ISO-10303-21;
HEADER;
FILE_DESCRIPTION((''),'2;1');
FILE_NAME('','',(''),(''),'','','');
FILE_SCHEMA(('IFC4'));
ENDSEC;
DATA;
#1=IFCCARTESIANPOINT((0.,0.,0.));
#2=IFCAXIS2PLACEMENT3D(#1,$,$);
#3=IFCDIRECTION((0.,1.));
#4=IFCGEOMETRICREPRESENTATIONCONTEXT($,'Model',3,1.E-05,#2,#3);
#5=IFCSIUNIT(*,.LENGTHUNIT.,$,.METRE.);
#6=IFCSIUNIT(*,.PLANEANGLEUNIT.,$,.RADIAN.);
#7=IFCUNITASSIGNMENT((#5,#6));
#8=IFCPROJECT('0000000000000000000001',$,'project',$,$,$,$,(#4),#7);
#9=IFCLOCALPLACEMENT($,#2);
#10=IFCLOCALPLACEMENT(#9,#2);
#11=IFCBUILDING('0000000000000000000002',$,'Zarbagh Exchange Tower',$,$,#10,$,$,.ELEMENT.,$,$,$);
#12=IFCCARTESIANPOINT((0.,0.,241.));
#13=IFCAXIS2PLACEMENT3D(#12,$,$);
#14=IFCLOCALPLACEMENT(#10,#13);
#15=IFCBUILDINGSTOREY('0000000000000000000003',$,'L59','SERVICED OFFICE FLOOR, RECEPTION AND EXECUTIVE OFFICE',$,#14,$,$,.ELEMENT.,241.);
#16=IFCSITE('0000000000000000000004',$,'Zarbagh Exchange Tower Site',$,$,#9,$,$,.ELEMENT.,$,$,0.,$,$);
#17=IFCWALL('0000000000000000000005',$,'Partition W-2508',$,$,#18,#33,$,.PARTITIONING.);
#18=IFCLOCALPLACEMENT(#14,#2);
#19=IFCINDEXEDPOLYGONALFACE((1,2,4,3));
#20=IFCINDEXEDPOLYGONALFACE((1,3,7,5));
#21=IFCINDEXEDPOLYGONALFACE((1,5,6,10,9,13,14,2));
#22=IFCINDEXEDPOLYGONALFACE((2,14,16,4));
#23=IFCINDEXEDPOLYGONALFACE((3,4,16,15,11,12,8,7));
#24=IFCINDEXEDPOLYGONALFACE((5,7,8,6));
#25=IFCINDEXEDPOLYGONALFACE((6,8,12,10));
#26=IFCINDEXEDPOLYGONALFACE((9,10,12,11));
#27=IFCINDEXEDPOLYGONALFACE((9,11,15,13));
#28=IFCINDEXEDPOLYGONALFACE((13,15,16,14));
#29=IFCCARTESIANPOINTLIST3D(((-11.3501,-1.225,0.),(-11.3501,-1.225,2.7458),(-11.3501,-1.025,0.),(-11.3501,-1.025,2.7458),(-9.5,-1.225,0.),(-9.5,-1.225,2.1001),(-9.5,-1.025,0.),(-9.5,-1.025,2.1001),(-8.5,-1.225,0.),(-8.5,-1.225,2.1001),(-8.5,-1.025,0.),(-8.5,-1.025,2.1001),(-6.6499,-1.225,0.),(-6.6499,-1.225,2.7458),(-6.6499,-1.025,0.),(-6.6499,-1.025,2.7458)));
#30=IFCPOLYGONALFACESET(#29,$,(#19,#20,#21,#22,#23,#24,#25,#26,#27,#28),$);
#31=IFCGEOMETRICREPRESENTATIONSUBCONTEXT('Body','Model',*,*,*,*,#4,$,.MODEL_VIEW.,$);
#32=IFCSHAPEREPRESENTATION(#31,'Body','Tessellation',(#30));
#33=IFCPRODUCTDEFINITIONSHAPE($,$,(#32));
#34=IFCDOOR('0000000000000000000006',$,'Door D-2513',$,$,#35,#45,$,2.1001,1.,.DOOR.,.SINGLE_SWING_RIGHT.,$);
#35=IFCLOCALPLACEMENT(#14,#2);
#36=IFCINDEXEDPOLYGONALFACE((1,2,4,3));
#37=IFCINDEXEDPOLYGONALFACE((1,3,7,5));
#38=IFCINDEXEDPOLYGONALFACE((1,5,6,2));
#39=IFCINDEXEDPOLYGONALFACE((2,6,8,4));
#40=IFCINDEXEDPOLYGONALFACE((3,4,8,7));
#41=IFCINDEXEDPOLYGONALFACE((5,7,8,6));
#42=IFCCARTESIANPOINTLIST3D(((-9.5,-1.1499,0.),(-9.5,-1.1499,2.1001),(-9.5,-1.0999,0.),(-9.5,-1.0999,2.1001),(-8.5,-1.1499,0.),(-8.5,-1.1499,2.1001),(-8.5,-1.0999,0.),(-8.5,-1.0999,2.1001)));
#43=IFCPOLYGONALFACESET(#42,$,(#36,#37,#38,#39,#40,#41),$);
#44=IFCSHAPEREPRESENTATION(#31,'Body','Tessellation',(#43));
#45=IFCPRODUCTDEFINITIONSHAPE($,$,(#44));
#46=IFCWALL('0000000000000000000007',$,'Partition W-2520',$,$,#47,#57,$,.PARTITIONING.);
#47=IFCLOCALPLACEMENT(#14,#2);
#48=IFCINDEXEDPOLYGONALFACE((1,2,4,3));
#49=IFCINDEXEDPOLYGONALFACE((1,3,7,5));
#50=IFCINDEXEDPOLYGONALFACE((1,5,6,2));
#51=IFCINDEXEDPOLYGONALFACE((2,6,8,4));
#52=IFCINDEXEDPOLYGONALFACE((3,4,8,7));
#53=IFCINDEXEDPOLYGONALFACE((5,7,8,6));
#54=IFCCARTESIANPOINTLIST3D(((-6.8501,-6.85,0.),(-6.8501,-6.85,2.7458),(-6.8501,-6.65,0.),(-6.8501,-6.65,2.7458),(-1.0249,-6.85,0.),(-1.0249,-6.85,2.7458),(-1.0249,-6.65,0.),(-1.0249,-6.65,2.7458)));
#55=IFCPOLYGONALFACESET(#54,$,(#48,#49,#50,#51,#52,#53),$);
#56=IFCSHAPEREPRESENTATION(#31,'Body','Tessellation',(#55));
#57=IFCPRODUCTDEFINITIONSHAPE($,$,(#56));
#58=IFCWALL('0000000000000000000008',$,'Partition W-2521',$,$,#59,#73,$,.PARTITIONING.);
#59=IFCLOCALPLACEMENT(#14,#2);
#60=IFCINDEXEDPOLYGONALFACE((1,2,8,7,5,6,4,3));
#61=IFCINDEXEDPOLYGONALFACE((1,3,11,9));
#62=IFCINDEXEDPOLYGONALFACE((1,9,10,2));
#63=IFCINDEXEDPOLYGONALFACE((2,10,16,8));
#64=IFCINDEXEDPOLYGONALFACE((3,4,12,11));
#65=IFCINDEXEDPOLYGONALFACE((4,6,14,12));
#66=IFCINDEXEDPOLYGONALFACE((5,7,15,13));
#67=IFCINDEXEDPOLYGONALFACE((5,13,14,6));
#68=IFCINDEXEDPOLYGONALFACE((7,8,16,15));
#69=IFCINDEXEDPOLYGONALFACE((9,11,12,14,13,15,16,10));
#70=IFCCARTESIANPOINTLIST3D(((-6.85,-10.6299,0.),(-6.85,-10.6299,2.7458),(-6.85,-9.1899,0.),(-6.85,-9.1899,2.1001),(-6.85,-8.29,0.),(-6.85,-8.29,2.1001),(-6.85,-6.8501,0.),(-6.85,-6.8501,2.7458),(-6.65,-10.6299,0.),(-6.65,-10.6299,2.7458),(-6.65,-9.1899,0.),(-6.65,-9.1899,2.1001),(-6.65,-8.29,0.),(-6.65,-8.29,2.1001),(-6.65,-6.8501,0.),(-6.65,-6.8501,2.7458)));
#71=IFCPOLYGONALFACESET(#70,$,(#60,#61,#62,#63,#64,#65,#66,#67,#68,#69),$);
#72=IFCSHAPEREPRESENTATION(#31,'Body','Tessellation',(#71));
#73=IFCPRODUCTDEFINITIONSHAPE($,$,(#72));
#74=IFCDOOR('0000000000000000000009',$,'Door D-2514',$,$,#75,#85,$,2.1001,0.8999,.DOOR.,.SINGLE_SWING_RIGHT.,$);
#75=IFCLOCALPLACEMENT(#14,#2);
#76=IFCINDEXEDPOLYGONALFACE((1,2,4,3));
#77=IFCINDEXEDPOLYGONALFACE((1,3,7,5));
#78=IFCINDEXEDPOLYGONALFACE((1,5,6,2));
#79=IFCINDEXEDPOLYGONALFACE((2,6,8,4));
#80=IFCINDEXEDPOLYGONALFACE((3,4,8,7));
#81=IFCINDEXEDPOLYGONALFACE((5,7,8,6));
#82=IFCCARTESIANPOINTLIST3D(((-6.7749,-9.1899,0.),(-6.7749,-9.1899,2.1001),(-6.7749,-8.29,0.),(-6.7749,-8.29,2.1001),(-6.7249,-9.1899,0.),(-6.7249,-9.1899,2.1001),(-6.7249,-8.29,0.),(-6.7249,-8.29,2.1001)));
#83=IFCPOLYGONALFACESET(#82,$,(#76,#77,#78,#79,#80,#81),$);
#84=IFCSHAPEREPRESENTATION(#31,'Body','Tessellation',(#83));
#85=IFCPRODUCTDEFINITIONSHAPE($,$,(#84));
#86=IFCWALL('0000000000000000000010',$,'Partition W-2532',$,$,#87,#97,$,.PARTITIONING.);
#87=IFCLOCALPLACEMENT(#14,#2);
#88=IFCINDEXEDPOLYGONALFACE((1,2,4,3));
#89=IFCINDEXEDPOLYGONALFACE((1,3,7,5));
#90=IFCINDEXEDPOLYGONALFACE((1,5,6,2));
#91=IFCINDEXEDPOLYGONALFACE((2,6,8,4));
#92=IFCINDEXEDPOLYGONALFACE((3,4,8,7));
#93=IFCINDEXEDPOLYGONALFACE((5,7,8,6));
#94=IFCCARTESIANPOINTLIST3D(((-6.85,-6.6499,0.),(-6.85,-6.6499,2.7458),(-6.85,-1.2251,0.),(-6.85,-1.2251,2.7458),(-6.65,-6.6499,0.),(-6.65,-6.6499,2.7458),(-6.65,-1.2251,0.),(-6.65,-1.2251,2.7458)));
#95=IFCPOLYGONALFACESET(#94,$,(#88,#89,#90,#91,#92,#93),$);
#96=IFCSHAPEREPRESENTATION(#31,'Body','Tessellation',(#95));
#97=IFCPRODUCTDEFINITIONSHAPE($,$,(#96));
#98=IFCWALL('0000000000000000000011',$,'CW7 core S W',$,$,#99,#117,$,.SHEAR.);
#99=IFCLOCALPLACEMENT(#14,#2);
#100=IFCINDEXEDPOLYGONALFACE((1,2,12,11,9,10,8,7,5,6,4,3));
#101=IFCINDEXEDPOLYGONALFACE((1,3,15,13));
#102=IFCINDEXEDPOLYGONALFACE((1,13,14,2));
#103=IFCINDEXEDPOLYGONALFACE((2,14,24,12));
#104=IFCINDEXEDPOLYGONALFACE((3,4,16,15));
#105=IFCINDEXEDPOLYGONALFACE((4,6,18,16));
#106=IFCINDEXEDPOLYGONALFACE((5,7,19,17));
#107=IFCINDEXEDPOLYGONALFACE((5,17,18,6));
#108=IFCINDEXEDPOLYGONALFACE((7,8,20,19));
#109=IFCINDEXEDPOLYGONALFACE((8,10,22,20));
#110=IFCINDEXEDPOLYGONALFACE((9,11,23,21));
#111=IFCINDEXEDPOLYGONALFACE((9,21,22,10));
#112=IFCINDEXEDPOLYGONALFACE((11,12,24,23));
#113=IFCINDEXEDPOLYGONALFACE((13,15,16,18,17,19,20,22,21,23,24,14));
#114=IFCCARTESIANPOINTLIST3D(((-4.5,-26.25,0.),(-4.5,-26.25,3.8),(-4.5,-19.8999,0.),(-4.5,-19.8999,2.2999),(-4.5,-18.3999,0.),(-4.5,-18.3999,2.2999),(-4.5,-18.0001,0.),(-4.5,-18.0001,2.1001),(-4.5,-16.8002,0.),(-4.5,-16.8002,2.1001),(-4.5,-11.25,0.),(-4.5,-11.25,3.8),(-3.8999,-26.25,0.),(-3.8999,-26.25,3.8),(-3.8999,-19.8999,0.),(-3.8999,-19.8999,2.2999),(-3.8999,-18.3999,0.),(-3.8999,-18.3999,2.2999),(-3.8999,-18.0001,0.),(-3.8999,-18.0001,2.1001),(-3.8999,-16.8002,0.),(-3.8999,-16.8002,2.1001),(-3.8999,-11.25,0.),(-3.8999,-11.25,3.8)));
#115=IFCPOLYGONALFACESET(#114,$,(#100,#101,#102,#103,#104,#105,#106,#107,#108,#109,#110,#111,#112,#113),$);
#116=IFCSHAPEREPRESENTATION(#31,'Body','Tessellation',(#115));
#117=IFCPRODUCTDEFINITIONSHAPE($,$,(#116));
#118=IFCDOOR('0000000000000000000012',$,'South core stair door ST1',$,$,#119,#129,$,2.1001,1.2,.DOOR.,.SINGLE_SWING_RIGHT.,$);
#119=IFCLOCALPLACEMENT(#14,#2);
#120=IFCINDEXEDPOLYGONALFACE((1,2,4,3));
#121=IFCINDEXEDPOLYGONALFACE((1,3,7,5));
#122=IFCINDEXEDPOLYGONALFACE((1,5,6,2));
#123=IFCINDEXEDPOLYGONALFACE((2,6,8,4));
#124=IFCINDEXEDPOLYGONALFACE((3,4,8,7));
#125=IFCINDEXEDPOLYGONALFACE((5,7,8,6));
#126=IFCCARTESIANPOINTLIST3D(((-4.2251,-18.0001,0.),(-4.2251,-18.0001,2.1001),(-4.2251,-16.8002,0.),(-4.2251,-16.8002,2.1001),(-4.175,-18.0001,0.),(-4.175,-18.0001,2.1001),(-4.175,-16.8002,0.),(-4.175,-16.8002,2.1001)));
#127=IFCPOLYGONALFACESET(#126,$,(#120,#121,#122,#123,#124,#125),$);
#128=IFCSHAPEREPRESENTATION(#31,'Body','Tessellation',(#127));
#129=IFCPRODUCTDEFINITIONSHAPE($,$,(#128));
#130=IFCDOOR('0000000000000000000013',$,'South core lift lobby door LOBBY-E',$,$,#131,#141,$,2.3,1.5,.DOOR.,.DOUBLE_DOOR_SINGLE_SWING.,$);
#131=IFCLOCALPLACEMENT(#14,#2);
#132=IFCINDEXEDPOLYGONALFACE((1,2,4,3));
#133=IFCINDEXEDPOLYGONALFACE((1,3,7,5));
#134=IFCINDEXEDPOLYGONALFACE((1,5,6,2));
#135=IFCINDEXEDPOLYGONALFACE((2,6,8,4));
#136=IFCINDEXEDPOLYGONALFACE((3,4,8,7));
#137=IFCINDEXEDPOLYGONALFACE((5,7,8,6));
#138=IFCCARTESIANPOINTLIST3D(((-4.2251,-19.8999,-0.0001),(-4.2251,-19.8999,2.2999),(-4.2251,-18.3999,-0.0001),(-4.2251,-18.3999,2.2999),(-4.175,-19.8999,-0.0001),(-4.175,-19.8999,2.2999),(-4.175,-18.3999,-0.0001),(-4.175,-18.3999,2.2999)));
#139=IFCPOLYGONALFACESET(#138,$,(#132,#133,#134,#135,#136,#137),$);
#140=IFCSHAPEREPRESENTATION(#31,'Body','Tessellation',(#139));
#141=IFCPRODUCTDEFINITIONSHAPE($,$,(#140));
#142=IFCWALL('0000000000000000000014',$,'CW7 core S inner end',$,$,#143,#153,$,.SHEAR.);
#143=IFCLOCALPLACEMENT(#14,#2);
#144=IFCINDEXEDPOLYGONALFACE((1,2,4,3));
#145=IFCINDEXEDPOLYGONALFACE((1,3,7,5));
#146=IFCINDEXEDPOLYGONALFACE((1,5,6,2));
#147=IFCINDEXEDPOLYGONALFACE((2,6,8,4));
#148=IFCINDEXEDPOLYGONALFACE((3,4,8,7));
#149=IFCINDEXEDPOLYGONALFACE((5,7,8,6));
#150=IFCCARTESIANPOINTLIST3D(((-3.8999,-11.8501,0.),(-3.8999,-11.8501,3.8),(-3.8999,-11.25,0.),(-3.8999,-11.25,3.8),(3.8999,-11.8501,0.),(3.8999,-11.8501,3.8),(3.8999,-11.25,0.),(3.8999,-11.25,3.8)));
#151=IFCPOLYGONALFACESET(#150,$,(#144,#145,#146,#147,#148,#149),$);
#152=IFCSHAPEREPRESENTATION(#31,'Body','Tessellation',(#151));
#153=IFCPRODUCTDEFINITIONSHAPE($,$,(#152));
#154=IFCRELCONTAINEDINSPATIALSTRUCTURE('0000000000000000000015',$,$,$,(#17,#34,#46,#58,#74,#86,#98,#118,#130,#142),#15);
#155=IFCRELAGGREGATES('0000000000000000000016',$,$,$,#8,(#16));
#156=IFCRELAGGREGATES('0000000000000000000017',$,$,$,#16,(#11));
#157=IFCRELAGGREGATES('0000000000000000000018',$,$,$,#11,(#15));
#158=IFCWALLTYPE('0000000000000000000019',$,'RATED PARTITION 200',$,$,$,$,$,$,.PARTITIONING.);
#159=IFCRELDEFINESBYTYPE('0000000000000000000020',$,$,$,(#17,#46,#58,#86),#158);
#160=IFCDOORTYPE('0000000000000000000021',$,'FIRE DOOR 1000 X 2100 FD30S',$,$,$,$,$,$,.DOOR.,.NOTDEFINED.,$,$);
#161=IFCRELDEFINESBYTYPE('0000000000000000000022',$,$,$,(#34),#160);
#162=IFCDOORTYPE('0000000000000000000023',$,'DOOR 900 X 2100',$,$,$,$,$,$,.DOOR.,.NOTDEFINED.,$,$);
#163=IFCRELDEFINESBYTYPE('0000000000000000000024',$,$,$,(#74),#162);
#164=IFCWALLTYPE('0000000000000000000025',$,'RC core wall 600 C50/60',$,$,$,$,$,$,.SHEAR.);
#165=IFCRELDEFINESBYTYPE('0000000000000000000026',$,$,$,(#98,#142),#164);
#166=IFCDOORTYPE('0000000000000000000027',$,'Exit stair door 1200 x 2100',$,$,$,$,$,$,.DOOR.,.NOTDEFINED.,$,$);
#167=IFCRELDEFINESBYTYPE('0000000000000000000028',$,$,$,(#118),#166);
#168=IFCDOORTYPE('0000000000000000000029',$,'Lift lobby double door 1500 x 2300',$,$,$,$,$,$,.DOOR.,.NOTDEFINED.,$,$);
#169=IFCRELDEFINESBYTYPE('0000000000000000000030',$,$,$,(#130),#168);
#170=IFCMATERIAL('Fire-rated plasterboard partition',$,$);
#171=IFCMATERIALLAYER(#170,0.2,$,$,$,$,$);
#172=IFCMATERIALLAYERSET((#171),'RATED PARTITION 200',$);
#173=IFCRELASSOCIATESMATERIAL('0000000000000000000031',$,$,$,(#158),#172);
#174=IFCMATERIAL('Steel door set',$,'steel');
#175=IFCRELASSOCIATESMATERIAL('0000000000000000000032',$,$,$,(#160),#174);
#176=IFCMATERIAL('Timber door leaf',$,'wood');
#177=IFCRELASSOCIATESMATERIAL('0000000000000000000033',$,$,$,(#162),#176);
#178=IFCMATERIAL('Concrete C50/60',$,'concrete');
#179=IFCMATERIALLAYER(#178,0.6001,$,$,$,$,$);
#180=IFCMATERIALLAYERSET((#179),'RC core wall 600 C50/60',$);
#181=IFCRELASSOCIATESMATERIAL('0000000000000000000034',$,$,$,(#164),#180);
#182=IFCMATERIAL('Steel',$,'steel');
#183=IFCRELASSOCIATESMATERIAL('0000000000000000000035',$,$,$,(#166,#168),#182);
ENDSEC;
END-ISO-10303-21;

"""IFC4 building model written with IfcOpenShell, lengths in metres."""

from ifc_helpers import new_model, si_unit, direction, frame, frame_2d, origin, place, context, subcontext, project, spatial, rectangle, extrude, material, layer, layer_set, type_object, element, fill, save


model = new_model("IFC4")

# Units and contexts
model_context = context("Model", 3, precision=1e-05, world=origin(), true_north=direction((0.0, 1.0)))
body_context = subcontext(model_context, "Body", "Model", "MODEL_VIEW")
ifc_project = project(units=[si_unit("LENGTHUNIT", "METRE"), si_unit("PLANEANGLEUNIT", "RADIAN")], contexts=[model_context])

# Site, building, storey
site_placement = place(None, origin())
site = spatial("IfcSite", under=ifc_project, at=site_placement, Name="Zarbagh Exchange Tower Site", CompositionType="ELEMENT", RefElevation=0.0)
building_placement = place(site_placement, origin())
building = spatial("IfcBuilding", under=site, at=building_placement, Name="Zarbagh Exchange Tower", CompositionType="ELEMENT")
storey_placement = place(building_placement, frame((0.0, 0.0, 241.0)))
storey = spatial("IfcBuildingStorey", under=building, at=storey_placement, Name="L59", Description="SERVICED OFFICE FLOOR, RECEPTION AND EXECUTIVE OFFICE", CompositionType="ELEMENT", Elevation=241.0)

# Shared definitions
ifc_material_1 = material(Name="Concrete C50/60", Category="concrete")

# Wall, opening, door
ifc_material_2 = material(Name="Fire-rated plasterboard partition")
ifc_layer_1 = layer(ifc_material_2, 0.2)
ifc_layer_set_1 = layer_set([ifc_layer_1], Name="RATED PARTITION 200")
wall_type_1 = type_object("IfcWallType", Name="RATED PARTITION 200", PredefinedType="PARTITIONING", material=ifc_layer_set_1)
wall_1_placement = place(storey_placement, frame((-6.6499, -1.125, 0.0), z_axis=(0.0, 0.0, 1.0), x_axis=(-1.0, 0.0, 0.0)))
wall_1 = element("IfcWall", 1, at=wall_1_placement, inside=storey, type_object=wall_type_1, Name="Partition W-2508", PredefinedType="PARTITIONING", context=body_context, shape_type="SweptSolid", body=[
    extrude(rectangle(XDim=4.7002, YDim=0.2, at=frame_2d((2.3501, 0.0))), origin(), (0.0, 0.0, 1.0), 2.7458),
])
opening_1_placement = place(wall_1_placement, frame((1.8501, 0.0, 0.0)))
opening_1 = element("IfcOpeningElement", 2, at=opening_1_placement, cuts=wall_1, PredefinedType="OPENING", context=body_context, shape_type="SweptSolid", body=[
    extrude(rectangle(XDim=1.0, YDim=2.1001, at=frame_2d((0.5, 1.05))), frame((0.0, 0.1099, 0.0), z_axis=(0.0, -1.0, 0.0), x_axis=(1.0, 0.0, 0.0)), (0.0, 0.0, 1.0), 0.22),
])
ifc_material_3 = material(Name="Steel door set", Category="steel")
door_type_1 = type_object("IfcDoorType", Name="FIRE DOOR 1000 X 2100 FD30S", OperationType="NOTDEFINED", PredefinedType="DOOR", material=ifc_material_3)
door_1_placement = place(opening_1_placement, origin())
door_1 = element("IfcDoor", 3, at=door_1_placement, inside=storey, type_object=door_type_1, Name="Door D-2513", OperationType="SINGLE_SWING_RIGHT", OverallHeight=2.1001, OverallWidth=1.0, PredefinedType="DOOR", context=body_context, shape_type="SweptSolid", body=[
    extrude(rectangle(XDim=1.0, YDim=2.1001, at=frame_2d((0.5, 1.05))), frame((0.0, 0.0249, 0.0), z_axis=(0.0, -1.0, 0.0), x_axis=(1.0, 0.0, 0.0)), (0.0, 0.0, 1.0), 0.05),
])
fill(opening_1, door_1)

# Wall
wall_2_placement = place(storey_placement, frame((-6.8501, -6.75, 0.0), z_axis=(0.0, 0.0, 1.0), x_axis=(1.0, 0.0, 0.0)))
element("IfcWall", 4, at=wall_2_placement, inside=storey, type_object=wall_type_1, Name="Partition W-2520", PredefinedType="PARTITIONING", context=body_context, shape_type="SweptSolid", body=[
    extrude(rectangle(XDim=5.8252, YDim=0.2, at=frame_2d((2.9126, 0.0))), origin(), (0.0, 0.0, 1.0), 2.7458),
])

# Wall, opening, door
wall_3_placement = place(storey_placement, frame((-6.75, -10.6299, 0.0), z_axis=(0.0, 0.0, 1.0), x_axis=(0.0, 1.0, 0.0)))
wall_3 = element("IfcWall", 5, at=wall_3_placement, inside=storey, type_object=wall_type_1, Name="Partition W-2521", PredefinedType="PARTITIONING", context=body_context, shape_type="SweptSolid", body=[
    extrude(rectangle(XDim=3.7798, YDim=0.2, at=frame_2d((1.8899, 0.0))), origin(), (0.0, 0.0, 1.0), 2.7458),
])
opening_2_placement = place(wall_3_placement, frame((1.4399, 0.0, 0.0)))
opening_2 = element("IfcOpeningElement", 6, at=opening_2_placement, cuts=wall_3, PredefinedType="OPENING", context=body_context, shape_type="SweptSolid", body=[
    extrude(rectangle(XDim=0.8999, YDim=2.1001, at=frame_2d((0.45, 1.05))), frame((0.0, 0.1099, 0.0), z_axis=(0.0, -1.0, 0.0), x_axis=(1.0, 0.0, 0.0)), (0.0, 0.0, 1.0), 0.22),
])
ifc_material_4 = material(Name="Timber door leaf", Category="wood")
door_type_2 = type_object("IfcDoorType", Name="DOOR 900 X 2100", OperationType="NOTDEFINED", PredefinedType="DOOR", material=ifc_material_4)
door_2_placement = place(opening_2_placement, origin())
door_2 = element("IfcDoor", 7, at=door_2_placement, inside=storey, type_object=door_type_2, Name="Door D-2514", OperationType="SINGLE_SWING_RIGHT", OverallHeight=2.1001, OverallWidth=0.8999, PredefinedType="DOOR", context=body_context, shape_type="SweptSolid", body=[
    extrude(rectangle(XDim=0.8999, YDim=2.1001, at=frame_2d((0.45, 1.05))), frame((0.0, 0.0249, 0.0), z_axis=(0.0, -1.0, 0.0), x_axis=(1.0, 0.0, 0.0)), (0.0, 0.0, 1.0), 0.05),
])
fill(opening_2, door_2)

# Wall
wall_4_placement = place(storey_placement, frame((-6.75, -6.6499, 0.0), z_axis=(0.0, 0.0, 1.0), x_axis=(0.0, 1.0, 0.0)))
element("IfcWall", 8, at=wall_4_placement, inside=storey, type_object=wall_type_1, Name="Partition W-2532", PredefinedType="PARTITIONING", context=body_context, shape_type="SweptSolid", body=[
    extrude(rectangle(XDim=5.4248, YDim=0.2, at=frame_2d((2.7124, 0.0))), origin(), (0.0, 0.0, 1.0), 2.7458),
])

# Wall, openings, doors
ifc_layer_2 = layer(ifc_material_1, 0.6001)
ifc_layer_set_2 = layer_set([ifc_layer_2], Name="RC core wall 600 C50/60")
wall_type_2 = type_object("IfcWallType", Name="RC core wall 600 C50/60", PredefinedType="SHEAR", material=ifc_layer_set_2)
wall_5_placement = place(storey_placement, frame((-4.2, -11.25, 0.0), z_axis=(0.0, 0.0, 1.0), x_axis=(0.0, -1.0, 0.0)))
wall_5 = element("IfcWall", 9, at=wall_5_placement, inside=storey, type_object=wall_type_2, Name="CW7 core S W", PredefinedType="SHEAR", context=body_context, shape_type="SweptSolid", body=[
    extrude(rectangle(XDim=15.0, YDim=0.6001, at=frame_2d((7.5, 0.0))), origin(), (0.0, 0.0, 1.0), 3.8),
])
opening_3_placement = place(wall_5_placement, frame((7.1499, 0.0, 0.0)))
opening_3 = element("IfcOpeningElement", 10, at=opening_3_placement, cuts=wall_5, PredefinedType="OPENING", context=body_context, shape_type="SweptSolid", body=[
    extrude(rectangle(XDim=1.5, YDim=2.3, at=frame_2d((0.75, 1.1499))), frame((0.0, 0.3101, 0.0), z_axis=(0.0, -1.0, 0.0), x_axis=(1.0, 0.0, 0.0)), (0.0, 0.0, 1.0), 0.6201),
])
opening_4_placement = place(wall_5_placement, frame((5.55, 0.0, 0.0)))
opening_4 = element("IfcOpeningElement", 11, at=opening_4_placement, cuts=wall_5, PredefinedType="OPENING", context=body_context, shape_type="SweptSolid", body=[
    extrude(rectangle(XDim=1.2, YDim=2.1001, at=frame_2d((0.6001, 1.05))), frame((0.0, 0.3101, 0.0), z_axis=(0.0, -1.0, 0.0), x_axis=(1.0, 0.0, 0.0)), (0.0, 0.0, 1.0), 0.6201),
])
ifc_material_5 = material(Name="Steel", Category="steel")
door_type_3 = type_object("IfcDoorType", Name="Exit stair door 1200 x 2100", OperationType="NOTDEFINED", PredefinedType="DOOR", material=ifc_material_5)
door_3_placement = place(opening_4_placement, origin())
door_3 = element("IfcDoor", 12, at=door_3_placement, inside=storey, type_object=door_type_3, Name="South core stair door ST1", OperationType="SINGLE_SWING_RIGHT", OverallHeight=2.1001, OverallWidth=1.2, PredefinedType="DOOR", context=body_context, shape_type="SweptSolid", body=[
    extrude(rectangle(XDim=1.2, YDim=2.1001, at=frame_2d((0.6001, 1.05))), frame((0.0, 0.0249, 0.0), z_axis=(0.0, -1.0, 0.0), x_axis=(1.0, 0.0, 0.0)), (0.0, 0.0, 1.0), 0.05),
])
fill(opening_4, door_3)
door_type_4 = type_object("IfcDoorType", Name="Lift lobby double door 1500 x 2300", OperationType="NOTDEFINED", PredefinedType="DOOR", material=ifc_material_5)
door_4_placement = place(opening_3_placement, origin())
door_4 = element("IfcDoor", 13, at=door_4_placement, inside=storey, type_object=door_type_4, Name="South core lift lobby door LOBBY-E", OperationType="DOUBLE_DOOR_SINGLE_SWING", OverallHeight=2.3, OverallWidth=1.5, PredefinedType="DOOR", context=body_context, shape_type="SweptSolid", body=[
    extrude(rectangle(XDim=1.5, YDim=2.3, at=frame_2d((0.75, 1.1499))), frame((0.0, 0.0249, 0.0), z_axis=(0.0, -1.0, 0.0), x_axis=(1.0, 0.0, 0.0)), (0.0, 0.0, 1.0), 0.05),
])
fill(opening_3, door_4)

# Wall
wall_6_placement = place(storey_placement, frame((-3.8999, -11.55, 0.0), z_axis=(0.0, 0.0, 1.0), x_axis=(1.0, 0.0, 0.0)))
element("IfcWall", 14, at=wall_6_placement, inside=storey, type_object=wall_type_2, Name="CW7 core S inner end", PredefinedType="SHEAR", context=body_context, shape_type="SweptSolid", body=[
    extrude(rectangle(XDim=7.7998, YDim=0.6001, at=frame_2d((3.8999, 0.0))), origin(), (0.0, 0.0, 1.0), 3.8),
])

save(model, "model.ifc")
